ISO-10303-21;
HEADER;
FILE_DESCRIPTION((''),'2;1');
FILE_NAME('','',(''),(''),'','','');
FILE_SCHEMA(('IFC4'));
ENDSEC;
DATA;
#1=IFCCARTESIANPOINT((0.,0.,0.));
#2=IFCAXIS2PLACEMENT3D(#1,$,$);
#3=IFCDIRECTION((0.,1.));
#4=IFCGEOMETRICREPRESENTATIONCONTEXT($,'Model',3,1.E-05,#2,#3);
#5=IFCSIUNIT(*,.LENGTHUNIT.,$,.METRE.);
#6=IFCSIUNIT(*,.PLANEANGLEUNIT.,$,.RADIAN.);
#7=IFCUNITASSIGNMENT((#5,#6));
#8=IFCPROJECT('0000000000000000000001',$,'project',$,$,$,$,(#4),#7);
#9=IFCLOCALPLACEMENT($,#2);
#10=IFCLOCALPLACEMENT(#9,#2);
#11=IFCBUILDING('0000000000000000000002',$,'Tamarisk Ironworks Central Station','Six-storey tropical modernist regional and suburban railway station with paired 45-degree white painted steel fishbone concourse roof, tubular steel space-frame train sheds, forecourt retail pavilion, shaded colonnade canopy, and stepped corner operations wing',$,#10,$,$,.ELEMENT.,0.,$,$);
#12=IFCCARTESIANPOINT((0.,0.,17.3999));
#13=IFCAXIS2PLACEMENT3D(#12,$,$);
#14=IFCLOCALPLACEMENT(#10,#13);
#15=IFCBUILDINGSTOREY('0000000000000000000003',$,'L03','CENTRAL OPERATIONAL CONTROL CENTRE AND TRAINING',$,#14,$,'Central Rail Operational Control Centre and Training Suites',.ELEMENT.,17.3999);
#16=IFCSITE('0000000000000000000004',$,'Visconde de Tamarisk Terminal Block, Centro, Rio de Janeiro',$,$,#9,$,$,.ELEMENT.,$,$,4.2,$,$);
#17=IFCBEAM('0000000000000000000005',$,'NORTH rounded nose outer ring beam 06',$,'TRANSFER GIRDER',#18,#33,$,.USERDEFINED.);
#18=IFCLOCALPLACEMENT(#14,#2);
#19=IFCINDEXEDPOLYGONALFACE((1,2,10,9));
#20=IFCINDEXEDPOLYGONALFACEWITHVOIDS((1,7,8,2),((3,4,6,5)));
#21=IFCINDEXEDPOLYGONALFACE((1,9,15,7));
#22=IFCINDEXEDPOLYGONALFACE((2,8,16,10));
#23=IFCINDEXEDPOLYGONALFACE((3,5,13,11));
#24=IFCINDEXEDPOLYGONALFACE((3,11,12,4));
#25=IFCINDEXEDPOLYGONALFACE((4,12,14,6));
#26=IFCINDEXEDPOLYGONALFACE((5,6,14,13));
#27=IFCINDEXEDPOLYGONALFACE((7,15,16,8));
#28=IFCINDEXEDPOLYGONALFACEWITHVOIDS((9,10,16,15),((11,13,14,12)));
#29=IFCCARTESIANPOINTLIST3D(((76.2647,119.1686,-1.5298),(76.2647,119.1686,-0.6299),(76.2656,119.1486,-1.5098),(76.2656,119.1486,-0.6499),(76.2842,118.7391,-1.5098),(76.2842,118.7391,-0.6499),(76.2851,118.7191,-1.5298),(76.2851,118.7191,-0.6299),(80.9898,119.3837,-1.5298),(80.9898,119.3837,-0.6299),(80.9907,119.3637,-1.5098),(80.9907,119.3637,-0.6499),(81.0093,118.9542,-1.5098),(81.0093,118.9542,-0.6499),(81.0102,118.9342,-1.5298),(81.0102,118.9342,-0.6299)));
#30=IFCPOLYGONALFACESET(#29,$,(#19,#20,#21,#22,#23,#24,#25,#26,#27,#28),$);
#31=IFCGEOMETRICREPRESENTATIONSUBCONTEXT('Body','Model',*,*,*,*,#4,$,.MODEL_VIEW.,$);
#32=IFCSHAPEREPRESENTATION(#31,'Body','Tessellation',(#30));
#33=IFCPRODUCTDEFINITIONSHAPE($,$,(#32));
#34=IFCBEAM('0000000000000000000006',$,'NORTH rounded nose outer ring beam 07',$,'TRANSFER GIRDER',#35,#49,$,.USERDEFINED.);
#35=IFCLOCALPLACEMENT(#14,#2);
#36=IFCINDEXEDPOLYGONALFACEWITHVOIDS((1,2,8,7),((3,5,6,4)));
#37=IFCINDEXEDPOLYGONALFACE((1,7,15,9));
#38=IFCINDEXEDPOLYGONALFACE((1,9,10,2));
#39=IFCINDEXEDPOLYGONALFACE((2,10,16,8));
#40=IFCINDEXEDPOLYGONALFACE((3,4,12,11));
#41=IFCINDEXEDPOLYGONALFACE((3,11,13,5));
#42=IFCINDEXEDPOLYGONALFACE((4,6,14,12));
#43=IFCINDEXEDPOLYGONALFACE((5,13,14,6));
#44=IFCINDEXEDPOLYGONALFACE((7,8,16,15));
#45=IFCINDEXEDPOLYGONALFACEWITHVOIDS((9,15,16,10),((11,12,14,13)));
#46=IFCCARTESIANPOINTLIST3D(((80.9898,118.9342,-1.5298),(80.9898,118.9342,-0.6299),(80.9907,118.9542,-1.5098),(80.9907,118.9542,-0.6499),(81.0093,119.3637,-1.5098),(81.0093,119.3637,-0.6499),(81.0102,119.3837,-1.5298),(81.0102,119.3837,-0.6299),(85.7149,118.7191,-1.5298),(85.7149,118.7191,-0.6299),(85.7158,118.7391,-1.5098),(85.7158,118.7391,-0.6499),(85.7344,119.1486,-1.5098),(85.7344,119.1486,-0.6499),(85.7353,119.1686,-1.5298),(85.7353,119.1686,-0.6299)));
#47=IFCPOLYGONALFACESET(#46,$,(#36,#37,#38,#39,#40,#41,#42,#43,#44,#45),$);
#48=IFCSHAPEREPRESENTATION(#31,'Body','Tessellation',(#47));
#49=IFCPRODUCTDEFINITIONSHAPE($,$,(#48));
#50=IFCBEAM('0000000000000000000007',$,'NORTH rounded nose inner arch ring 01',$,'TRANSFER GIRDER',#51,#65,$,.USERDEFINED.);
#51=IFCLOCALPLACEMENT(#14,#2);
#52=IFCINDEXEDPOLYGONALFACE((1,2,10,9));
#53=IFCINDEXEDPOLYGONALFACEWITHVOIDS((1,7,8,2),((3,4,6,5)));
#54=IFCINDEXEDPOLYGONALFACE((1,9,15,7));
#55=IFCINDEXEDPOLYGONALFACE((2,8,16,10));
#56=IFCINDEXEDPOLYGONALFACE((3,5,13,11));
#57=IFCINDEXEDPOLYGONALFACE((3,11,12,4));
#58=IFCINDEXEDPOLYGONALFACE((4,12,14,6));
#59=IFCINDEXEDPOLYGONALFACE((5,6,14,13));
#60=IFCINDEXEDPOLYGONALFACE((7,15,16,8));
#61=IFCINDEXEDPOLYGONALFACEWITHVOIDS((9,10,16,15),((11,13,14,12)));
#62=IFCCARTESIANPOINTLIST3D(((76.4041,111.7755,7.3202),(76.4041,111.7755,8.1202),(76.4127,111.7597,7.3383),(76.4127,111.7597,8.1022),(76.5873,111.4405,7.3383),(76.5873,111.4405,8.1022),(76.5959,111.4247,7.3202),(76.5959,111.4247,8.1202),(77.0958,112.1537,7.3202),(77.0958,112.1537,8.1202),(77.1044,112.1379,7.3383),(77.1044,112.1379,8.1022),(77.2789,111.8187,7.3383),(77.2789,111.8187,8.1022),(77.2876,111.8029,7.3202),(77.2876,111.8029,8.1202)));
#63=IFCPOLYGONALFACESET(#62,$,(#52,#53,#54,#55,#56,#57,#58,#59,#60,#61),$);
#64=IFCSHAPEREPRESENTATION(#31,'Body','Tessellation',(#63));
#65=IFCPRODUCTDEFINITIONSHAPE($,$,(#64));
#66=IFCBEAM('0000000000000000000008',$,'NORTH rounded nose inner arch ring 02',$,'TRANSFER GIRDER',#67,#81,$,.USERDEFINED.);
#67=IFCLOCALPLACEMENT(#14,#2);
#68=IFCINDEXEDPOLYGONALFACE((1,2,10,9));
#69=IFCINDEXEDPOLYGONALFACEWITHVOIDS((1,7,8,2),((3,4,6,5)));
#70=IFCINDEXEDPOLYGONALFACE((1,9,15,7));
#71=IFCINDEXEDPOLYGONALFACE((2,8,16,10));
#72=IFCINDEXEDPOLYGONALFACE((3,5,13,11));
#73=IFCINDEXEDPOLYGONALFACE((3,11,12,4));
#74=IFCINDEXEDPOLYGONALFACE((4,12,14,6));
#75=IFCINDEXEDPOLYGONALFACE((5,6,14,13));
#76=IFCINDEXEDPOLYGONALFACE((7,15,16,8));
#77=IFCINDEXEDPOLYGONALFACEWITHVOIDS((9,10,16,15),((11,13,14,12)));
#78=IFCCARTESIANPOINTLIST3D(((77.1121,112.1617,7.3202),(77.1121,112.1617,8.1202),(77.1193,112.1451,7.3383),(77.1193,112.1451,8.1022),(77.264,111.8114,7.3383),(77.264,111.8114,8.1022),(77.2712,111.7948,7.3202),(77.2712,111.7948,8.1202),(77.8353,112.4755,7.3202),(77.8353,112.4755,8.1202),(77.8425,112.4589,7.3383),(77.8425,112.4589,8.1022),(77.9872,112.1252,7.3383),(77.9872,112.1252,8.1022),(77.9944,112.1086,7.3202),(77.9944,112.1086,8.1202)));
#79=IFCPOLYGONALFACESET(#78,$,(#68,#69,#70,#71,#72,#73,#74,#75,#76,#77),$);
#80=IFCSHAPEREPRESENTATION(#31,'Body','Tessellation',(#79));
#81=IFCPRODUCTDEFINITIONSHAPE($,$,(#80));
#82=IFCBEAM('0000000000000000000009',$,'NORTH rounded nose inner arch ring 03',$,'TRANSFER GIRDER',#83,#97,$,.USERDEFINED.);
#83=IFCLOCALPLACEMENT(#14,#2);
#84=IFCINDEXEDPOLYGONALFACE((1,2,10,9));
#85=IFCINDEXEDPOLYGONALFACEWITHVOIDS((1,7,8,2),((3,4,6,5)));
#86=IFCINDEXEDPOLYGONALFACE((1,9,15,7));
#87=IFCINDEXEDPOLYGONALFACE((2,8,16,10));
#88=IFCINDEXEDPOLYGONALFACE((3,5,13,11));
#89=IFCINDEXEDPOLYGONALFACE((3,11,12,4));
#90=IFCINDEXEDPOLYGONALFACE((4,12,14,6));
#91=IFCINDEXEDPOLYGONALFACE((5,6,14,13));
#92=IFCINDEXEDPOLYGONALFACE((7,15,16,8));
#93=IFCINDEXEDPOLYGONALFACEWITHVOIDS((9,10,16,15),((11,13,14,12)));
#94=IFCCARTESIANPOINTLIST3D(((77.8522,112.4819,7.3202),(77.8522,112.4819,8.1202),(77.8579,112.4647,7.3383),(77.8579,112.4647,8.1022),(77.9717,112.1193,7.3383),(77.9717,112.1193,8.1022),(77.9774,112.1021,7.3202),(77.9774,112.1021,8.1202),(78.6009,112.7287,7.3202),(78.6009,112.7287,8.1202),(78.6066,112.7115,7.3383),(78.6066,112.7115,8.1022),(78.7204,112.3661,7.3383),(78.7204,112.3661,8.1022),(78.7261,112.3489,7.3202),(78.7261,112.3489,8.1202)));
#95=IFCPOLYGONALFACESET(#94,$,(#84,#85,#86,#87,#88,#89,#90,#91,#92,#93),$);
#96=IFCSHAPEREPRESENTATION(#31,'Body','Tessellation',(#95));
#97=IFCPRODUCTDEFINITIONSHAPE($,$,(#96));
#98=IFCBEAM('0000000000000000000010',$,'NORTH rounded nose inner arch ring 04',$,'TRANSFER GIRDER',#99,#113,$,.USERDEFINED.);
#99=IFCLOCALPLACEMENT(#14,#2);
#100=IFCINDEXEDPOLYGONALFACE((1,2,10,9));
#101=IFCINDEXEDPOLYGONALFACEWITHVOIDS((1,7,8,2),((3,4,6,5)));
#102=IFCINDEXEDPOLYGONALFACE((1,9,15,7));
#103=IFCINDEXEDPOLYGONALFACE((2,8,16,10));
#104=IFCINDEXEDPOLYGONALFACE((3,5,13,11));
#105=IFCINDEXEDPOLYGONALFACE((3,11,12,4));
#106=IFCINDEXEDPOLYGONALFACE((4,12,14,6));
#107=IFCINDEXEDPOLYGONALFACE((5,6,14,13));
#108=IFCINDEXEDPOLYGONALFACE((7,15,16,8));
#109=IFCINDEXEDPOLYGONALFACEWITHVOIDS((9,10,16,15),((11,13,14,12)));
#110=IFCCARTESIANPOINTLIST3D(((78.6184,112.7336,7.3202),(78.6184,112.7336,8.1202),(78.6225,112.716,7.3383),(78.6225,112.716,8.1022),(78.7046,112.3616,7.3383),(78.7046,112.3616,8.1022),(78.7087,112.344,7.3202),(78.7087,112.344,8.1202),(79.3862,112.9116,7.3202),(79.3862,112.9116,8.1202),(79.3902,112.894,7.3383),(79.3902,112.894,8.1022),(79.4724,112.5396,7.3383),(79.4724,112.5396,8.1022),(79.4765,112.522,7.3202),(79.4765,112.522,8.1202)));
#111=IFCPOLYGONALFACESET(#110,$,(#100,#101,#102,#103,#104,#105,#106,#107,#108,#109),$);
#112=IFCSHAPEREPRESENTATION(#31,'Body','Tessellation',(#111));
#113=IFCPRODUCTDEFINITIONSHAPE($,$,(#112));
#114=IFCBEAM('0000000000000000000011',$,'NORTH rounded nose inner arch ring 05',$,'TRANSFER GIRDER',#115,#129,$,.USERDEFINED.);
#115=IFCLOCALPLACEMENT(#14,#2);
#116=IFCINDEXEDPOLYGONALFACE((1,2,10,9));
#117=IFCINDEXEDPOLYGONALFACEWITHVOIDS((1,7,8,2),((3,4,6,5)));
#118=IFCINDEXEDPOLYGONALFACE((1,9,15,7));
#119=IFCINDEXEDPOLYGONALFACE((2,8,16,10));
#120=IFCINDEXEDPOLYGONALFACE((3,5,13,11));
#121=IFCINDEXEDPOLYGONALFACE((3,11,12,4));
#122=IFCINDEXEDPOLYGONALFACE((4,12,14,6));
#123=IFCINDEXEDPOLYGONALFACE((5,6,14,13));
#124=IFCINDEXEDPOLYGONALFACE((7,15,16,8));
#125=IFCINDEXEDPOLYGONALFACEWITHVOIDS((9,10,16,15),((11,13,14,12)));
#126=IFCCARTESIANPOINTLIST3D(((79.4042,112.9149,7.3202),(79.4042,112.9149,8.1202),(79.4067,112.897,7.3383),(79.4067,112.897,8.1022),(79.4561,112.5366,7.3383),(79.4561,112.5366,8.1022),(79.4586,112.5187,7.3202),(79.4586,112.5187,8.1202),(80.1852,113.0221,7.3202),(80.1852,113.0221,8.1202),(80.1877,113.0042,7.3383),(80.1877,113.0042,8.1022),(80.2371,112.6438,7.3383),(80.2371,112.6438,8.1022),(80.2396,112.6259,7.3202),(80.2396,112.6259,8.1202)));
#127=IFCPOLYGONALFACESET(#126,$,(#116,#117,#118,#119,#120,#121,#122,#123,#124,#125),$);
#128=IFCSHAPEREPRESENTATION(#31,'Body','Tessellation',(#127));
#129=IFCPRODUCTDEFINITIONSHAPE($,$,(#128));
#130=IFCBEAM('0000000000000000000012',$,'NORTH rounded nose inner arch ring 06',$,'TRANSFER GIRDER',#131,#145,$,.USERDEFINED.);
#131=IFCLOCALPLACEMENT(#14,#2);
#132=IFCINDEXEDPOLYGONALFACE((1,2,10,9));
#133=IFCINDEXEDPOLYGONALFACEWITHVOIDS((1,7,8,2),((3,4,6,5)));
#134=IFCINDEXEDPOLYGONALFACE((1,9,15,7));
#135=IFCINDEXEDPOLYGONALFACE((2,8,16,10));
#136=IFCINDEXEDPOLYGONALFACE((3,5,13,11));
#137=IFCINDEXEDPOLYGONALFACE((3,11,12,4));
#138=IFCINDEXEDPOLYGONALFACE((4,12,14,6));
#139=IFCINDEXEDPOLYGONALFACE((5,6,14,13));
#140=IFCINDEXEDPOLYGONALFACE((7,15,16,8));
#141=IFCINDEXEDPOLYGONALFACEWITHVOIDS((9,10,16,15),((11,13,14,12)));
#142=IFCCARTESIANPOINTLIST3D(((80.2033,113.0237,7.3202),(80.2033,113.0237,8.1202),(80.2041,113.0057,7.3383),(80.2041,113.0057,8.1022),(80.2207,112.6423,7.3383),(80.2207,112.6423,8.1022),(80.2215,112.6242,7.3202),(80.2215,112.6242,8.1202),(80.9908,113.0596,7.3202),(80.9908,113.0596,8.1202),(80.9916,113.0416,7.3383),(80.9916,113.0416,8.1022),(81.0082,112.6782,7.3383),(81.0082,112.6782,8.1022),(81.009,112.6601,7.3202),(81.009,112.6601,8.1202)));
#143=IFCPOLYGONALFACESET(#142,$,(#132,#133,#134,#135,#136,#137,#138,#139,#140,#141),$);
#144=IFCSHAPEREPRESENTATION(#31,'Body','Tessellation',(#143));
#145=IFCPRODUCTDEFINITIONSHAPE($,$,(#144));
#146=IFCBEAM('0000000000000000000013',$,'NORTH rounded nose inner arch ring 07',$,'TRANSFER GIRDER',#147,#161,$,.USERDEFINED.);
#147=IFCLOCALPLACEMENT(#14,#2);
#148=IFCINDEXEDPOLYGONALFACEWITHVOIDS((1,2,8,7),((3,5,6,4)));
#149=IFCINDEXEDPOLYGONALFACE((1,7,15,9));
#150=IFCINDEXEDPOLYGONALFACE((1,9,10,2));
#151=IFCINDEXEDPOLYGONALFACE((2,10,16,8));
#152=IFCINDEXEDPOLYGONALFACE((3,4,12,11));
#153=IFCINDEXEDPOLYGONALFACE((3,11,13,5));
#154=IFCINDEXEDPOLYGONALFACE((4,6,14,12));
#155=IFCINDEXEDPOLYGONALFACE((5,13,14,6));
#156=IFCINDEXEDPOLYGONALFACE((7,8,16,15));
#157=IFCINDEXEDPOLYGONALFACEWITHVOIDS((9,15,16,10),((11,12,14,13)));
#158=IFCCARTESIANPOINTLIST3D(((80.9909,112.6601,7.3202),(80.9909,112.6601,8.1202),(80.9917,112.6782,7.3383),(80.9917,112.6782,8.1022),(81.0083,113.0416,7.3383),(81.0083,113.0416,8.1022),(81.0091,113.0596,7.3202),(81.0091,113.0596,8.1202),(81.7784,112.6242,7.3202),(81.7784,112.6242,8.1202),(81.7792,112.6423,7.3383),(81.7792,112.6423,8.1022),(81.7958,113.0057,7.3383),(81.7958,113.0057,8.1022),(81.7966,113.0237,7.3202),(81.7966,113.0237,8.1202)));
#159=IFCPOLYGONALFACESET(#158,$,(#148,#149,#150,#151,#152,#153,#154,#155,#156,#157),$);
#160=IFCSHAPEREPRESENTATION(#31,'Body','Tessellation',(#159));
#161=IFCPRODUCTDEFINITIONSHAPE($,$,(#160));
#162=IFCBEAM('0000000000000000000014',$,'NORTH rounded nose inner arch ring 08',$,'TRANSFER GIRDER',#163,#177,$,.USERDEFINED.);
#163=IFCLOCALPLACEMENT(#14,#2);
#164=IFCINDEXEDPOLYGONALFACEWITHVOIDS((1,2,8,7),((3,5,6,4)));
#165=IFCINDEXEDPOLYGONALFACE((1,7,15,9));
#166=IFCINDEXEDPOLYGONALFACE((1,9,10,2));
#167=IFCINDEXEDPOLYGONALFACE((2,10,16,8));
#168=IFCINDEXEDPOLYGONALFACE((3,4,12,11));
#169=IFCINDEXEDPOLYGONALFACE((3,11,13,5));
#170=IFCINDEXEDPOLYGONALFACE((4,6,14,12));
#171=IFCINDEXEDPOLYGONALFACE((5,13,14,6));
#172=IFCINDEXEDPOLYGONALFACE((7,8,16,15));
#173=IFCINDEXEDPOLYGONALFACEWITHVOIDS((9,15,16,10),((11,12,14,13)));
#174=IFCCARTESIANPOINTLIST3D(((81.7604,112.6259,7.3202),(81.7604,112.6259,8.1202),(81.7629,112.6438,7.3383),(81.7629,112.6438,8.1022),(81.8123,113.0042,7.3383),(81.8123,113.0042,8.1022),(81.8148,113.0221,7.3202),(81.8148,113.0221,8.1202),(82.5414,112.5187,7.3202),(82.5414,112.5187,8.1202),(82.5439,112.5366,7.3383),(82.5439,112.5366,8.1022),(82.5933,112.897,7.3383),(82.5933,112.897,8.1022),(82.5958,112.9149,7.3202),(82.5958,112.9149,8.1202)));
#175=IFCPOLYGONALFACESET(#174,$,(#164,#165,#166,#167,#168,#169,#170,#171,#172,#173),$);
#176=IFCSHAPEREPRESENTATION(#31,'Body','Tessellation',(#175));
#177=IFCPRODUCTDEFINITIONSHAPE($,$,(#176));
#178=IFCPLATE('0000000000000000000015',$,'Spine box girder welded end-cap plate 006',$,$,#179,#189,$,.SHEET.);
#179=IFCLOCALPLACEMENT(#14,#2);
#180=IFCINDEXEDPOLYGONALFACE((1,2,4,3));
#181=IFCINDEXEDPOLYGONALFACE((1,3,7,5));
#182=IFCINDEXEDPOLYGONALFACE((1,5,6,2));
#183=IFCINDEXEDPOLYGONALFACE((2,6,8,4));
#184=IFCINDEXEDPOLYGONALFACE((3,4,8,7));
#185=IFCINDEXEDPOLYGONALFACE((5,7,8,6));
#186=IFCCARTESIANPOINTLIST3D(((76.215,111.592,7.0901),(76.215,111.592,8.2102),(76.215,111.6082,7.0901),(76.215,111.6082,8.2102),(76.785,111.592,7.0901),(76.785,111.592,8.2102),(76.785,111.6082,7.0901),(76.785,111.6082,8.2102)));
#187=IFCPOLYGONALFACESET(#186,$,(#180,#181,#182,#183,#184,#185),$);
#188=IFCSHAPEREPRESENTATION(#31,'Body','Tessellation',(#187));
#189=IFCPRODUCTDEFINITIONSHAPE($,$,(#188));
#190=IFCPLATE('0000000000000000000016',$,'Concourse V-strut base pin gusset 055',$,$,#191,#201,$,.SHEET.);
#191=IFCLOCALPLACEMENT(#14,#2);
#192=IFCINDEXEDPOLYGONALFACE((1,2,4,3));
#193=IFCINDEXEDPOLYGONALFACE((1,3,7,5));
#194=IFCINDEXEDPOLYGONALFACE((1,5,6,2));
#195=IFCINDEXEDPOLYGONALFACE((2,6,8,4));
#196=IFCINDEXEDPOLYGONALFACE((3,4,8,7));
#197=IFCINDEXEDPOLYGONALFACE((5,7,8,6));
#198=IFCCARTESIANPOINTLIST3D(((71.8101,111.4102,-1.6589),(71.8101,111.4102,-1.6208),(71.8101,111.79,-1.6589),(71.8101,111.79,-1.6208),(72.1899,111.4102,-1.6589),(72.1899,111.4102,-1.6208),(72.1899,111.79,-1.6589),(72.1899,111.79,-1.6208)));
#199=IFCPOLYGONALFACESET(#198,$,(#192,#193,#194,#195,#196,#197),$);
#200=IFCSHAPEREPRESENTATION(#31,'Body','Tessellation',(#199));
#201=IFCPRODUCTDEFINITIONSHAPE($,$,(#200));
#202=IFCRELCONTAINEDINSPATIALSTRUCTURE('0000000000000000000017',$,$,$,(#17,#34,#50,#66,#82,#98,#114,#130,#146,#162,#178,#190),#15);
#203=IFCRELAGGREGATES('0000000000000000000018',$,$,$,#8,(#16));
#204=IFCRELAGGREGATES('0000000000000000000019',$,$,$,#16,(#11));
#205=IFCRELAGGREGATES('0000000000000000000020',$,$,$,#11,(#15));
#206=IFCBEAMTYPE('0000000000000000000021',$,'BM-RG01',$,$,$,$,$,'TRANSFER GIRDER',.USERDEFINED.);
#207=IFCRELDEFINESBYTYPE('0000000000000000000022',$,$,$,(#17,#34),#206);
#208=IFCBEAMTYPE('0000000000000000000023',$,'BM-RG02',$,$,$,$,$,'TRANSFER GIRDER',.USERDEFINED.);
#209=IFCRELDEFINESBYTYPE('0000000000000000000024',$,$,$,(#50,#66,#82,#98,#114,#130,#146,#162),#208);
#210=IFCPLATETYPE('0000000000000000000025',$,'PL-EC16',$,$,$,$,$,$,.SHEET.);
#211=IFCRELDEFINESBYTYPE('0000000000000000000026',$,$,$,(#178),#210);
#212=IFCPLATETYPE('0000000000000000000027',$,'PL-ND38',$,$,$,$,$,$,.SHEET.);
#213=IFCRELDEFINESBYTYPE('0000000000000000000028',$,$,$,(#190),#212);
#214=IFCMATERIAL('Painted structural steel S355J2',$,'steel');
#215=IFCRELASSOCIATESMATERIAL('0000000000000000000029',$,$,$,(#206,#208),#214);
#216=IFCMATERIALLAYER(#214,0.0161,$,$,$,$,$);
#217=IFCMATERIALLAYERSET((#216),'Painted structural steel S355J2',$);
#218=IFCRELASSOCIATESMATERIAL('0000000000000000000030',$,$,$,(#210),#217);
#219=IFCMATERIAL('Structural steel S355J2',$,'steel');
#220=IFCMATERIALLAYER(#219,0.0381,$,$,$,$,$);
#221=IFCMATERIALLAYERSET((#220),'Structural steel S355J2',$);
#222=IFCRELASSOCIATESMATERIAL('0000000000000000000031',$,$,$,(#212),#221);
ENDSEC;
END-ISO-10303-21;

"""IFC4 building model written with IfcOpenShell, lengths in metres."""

from ifc_helpers import new_model, si_unit, direction, frame, origin, origin_2d, place, context, subcontext, project, spatial, rectangle, hollow_rectangle, extrude, material, layer, layer_set, material_profile, profile_set, type_object, element, save


model = new_model("IFC4")

# Units and contexts
model_context = context("Model", 3, precision=1e-05, world=origin(), true_north=direction((0.0, 1.0)))
body_context = subcontext(model_context, "Body", "Model", "MODEL_VIEW")
ifc_project = project(units=[si_unit("LENGTHUNIT", "METRE"), si_unit("PLANEANGLEUNIT", "RADIAN")], contexts=[model_context])

# Site, building, storey
site_placement = place(None, origin())
site = spatial("IfcSite", under=ifc_project, at=site_placement, Name="Visconde de Tamarisk Terminal Block, Centro, Rio de Janeiro", CompositionType="ELEMENT", RefElevation=4.2)
building_placement = place(site_placement, origin())
building = spatial("IfcBuilding", under=site, at=building_placement, Name="Tamarisk Ironworks Central Station", Description="Six-storey tropical modernist regional and suburban railway station with paired 45-degree white painted steel fishbone concourse roof, tubular steel space-frame train sheds, forecourt retail pavilion, shaded colonnade canopy, and stepped corner operations wing", CompositionType="ELEMENT", ElevationOfRefHeight=0.0)
storey_placement = place(building_placement, frame((0.0, 0.0, 17.3999)))
storey = spatial("IfcBuildingStorey", under=building, at=storey_placement, Name="L03", Description="CENTRAL OPERATIONAL CONTROL CENTRE AND TRAINING", LongName="Central Rail Operational Control Centre and Training Suites", CompositionType="ELEMENT", Elevation=17.3999)

# Shared definitions
ifc_material_1 = material(Name="Structural steel S355J2", Category="steel")

# Beams
ifc_material_2 = material(Name="Painted structural steel S355J2", Category="steel")
ifc_material_profile_1 = material_profile(ifc_material_2, hollow_rectangle(XDim=0.45, YDim=0.8999, WallThickness=0.02, at=origin_2d()), Name="BOX 450x900x20")
ifc_profile_set_1 = profile_set([ifc_material_profile_1], Name="Painted structural steel S355J2")
beam_type_1 = type_object("IfcBeamType", Name="BM-RG01", ElementType="TRANSFER GIRDER", PredefinedType="USERDEFINED", material=ifc_profile_set_1)
for number, where, z_axis, x_axis, name in (
    (1, (76.2749, 118.9438, -1.0798), (0.998966, 0.045473, 0.0), (-0.045473, 0.998966, 0.0), "NORTH rounded nose outer ring beam 06"),
    (2, (81.0, 119.1589, -1.0798), (0.998966, -0.045473, 0.0), (0.045473, 0.998966, 0.0), "NORTH rounded nose outer ring beam 07"),
):
    element("IfcBeam", number, at=place(storey_placement, frame(where, z_axis=z_axis, x_axis=x_axis)), inside=storey, type_object=beam_type_1, Name=name, ObjectType="TRANSFER GIRDER", PredefinedType="USERDEFINED", context=body_context, shape_type="SweptSolid", body=[
        extrude(hollow_rectangle(XDim=0.45, YDim=0.8999, WallThickness=0.02, at=origin_2d()), origin(), (0.0, 0.0, 1.0), 4.73),
    ])
ifc_material_profile_2 = material_profile(ifc_material_2, hollow_rectangle(XDim=0.3999, YDim=0.8, WallThickness=0.0181, at=origin_2d()), Name="BOX 400x800x18")
ifc_profile_set_2 = profile_set([ifc_material_profile_2], Name="Painted structural steel S355J2")
beam_type_2 = type_object("IfcBeamType", Name="BM-RG02", ElementType="TRANSFER GIRDER", PredefinedType="USERDEFINED", material=ifc_profile_set_2)
for number, where, z_axis, x_axis, name in (
    (3, (76.5, 111.6001, 7.7202), (0.87741, 0.479742, 0.0), (-0.479742, 0.87741, 0.0), "NORTH rounded nose inner arch ring 01"),
    (4, (77.1917, 111.9783, 7.7202), (0.91739, 0.39799, 0.0), (-0.39799, 0.91739, 0.0), "NORTH rounded nose inner arch ring 02"),
    (5, (77.9148, 112.292, 7.7202), (0.949731, 0.313067, 0.0), (-0.313067, 0.949731, 0.0), "NORTH rounded nose inner arch ring 03"),
):
    element("IfcBeam", number, at=place(storey_placement, frame(where, z_axis=z_axis, x_axis=x_axis)), inside=storey, type_object=beam_type_2, Name=name, ObjectType="TRANSFER GIRDER", PredefinedType="USERDEFINED", context=body_context, shape_type="SweptSolid", body=[
        extrude(hollow_rectangle(XDim=0.3999, YDim=0.8, WallThickness=0.0181, at=origin_2d()), origin(), (0.0, 0.0, 1.0), 0.7883),
    ])
beam_1_placement = place(storey_placement, frame((78.6636, 112.5388, 7.7202), z_axis=(0.974171, 0.22581, 0.0), x_axis=(-0.22581, 0.974171, 0.0)))
element("IfcBeam", 6, at=beam_1_placement, inside=storey, type_object=beam_type_2, Name="NORTH rounded nose inner arch ring 04", ObjectType="TRANSFER GIRDER", PredefinedType="USERDEFINED", context=body_context, shape_type="SweptSolid", body=[
    extrude(hollow_rectangle(XDim=0.3999, YDim=0.8, WallThickness=0.0181, at=origin_2d()), origin(), (0.0, 0.0, 1.0), 0.7881),
])
for number, where, z_axis, x_axis, name in (
    (7, (79.4314, 112.7168, 7.7202), (0.990715, 0.135956, 0.0), (-0.135956, 0.990715, 0.0), "NORTH rounded nose inner arch ring 05"),
    (8, (80.2124, 112.824, 7.7202), (0.998963, 0.04552, 0.0), (-0.04552, 0.998963, 0.0), "NORTH rounded nose inner arch ring 06"),
    (9, (81.0, 112.8599, 7.7202), (0.998963, -0.04552, 0.0), (0.04552, 0.998963, 0.0), "NORTH rounded nose inner arch ring 07"),
    (10, (81.7876, 112.824, 7.7202), (0.990715, -0.135956, 0.0), (0.135956, 0.990715, 0.0), "NORTH rounded nose inner arch ring 08"),
):
    element("IfcBeam", number, at=place(storey_placement, frame(where, z_axis=z_axis, x_axis=x_axis)), inside=storey, type_object=beam_type_2, Name=name, ObjectType="TRANSFER GIRDER", PredefinedType="USERDEFINED", context=body_context, shape_type="SweptSolid", body=[
        extrude(hollow_rectangle(XDim=0.3999, YDim=0.8, WallThickness=0.0181, at=origin_2d()), origin(), (0.0, 0.0, 1.0), 0.7883),
    ])

# Plates
ifc_layer_1 = layer(ifc_material_2, 0.0161)
ifc_layer_set_1 = layer_set([ifc_layer_1], Name="Painted structural steel S355J2")
plate_type_1 = type_object("IfcPlateType", Name="PL-EC16", PredefinedType="SHEET", material=ifc_layer_set_1)
plate_1_placement = place(storey_placement, frame((76.5, 111.6001, 7.0901), z_axis=(0.0, 0.0, 1.0), x_axis=(1.0, 0.0, 0.0)))
element("IfcPlate", 11, at=plate_1_placement, inside=storey, type_object=plate_type_1, Name="Spine box girder welded end-cap plate 006", PredefinedType="SHEET", context=body_context, shape_type="SweptSolid", body=[
    extrude(rectangle(XDim=0.5701, YDim=0.0161, at=origin_2d()), origin(), (0.0, 0.0, 1.0), 1.1201),
])
ifc_layer_2 = layer(ifc_material_1, 0.0381)
ifc_layer_set_2 = layer_set([ifc_layer_2], Name="Structural steel S355J2")
plate_type_2 = type_object("IfcPlateType", Name="PL-ND38", PredefinedType="SHEET", material=ifc_layer_set_2)
plate_2_placement = place(storey_placement, frame((72.0, 111.6001, -1.6589), z_axis=(0.0, 0.0, 1.0), x_axis=(1.0, 0.0, 0.0)))
element("IfcPlate", 12, at=plate_2_placement, inside=storey, type_object=plate_type_2, Name="Concourse V-strut base pin gusset 055", PredefinedType="SHEET", context=body_context, shape_type="SweptSolid", body=[
    extrude(rectangle(XDim=0.3799, YDim=0.3799, at=origin_2d()), origin(), (0.0, 0.0, 1.0), 0.0381),
])

save(model, "model.ifc")
